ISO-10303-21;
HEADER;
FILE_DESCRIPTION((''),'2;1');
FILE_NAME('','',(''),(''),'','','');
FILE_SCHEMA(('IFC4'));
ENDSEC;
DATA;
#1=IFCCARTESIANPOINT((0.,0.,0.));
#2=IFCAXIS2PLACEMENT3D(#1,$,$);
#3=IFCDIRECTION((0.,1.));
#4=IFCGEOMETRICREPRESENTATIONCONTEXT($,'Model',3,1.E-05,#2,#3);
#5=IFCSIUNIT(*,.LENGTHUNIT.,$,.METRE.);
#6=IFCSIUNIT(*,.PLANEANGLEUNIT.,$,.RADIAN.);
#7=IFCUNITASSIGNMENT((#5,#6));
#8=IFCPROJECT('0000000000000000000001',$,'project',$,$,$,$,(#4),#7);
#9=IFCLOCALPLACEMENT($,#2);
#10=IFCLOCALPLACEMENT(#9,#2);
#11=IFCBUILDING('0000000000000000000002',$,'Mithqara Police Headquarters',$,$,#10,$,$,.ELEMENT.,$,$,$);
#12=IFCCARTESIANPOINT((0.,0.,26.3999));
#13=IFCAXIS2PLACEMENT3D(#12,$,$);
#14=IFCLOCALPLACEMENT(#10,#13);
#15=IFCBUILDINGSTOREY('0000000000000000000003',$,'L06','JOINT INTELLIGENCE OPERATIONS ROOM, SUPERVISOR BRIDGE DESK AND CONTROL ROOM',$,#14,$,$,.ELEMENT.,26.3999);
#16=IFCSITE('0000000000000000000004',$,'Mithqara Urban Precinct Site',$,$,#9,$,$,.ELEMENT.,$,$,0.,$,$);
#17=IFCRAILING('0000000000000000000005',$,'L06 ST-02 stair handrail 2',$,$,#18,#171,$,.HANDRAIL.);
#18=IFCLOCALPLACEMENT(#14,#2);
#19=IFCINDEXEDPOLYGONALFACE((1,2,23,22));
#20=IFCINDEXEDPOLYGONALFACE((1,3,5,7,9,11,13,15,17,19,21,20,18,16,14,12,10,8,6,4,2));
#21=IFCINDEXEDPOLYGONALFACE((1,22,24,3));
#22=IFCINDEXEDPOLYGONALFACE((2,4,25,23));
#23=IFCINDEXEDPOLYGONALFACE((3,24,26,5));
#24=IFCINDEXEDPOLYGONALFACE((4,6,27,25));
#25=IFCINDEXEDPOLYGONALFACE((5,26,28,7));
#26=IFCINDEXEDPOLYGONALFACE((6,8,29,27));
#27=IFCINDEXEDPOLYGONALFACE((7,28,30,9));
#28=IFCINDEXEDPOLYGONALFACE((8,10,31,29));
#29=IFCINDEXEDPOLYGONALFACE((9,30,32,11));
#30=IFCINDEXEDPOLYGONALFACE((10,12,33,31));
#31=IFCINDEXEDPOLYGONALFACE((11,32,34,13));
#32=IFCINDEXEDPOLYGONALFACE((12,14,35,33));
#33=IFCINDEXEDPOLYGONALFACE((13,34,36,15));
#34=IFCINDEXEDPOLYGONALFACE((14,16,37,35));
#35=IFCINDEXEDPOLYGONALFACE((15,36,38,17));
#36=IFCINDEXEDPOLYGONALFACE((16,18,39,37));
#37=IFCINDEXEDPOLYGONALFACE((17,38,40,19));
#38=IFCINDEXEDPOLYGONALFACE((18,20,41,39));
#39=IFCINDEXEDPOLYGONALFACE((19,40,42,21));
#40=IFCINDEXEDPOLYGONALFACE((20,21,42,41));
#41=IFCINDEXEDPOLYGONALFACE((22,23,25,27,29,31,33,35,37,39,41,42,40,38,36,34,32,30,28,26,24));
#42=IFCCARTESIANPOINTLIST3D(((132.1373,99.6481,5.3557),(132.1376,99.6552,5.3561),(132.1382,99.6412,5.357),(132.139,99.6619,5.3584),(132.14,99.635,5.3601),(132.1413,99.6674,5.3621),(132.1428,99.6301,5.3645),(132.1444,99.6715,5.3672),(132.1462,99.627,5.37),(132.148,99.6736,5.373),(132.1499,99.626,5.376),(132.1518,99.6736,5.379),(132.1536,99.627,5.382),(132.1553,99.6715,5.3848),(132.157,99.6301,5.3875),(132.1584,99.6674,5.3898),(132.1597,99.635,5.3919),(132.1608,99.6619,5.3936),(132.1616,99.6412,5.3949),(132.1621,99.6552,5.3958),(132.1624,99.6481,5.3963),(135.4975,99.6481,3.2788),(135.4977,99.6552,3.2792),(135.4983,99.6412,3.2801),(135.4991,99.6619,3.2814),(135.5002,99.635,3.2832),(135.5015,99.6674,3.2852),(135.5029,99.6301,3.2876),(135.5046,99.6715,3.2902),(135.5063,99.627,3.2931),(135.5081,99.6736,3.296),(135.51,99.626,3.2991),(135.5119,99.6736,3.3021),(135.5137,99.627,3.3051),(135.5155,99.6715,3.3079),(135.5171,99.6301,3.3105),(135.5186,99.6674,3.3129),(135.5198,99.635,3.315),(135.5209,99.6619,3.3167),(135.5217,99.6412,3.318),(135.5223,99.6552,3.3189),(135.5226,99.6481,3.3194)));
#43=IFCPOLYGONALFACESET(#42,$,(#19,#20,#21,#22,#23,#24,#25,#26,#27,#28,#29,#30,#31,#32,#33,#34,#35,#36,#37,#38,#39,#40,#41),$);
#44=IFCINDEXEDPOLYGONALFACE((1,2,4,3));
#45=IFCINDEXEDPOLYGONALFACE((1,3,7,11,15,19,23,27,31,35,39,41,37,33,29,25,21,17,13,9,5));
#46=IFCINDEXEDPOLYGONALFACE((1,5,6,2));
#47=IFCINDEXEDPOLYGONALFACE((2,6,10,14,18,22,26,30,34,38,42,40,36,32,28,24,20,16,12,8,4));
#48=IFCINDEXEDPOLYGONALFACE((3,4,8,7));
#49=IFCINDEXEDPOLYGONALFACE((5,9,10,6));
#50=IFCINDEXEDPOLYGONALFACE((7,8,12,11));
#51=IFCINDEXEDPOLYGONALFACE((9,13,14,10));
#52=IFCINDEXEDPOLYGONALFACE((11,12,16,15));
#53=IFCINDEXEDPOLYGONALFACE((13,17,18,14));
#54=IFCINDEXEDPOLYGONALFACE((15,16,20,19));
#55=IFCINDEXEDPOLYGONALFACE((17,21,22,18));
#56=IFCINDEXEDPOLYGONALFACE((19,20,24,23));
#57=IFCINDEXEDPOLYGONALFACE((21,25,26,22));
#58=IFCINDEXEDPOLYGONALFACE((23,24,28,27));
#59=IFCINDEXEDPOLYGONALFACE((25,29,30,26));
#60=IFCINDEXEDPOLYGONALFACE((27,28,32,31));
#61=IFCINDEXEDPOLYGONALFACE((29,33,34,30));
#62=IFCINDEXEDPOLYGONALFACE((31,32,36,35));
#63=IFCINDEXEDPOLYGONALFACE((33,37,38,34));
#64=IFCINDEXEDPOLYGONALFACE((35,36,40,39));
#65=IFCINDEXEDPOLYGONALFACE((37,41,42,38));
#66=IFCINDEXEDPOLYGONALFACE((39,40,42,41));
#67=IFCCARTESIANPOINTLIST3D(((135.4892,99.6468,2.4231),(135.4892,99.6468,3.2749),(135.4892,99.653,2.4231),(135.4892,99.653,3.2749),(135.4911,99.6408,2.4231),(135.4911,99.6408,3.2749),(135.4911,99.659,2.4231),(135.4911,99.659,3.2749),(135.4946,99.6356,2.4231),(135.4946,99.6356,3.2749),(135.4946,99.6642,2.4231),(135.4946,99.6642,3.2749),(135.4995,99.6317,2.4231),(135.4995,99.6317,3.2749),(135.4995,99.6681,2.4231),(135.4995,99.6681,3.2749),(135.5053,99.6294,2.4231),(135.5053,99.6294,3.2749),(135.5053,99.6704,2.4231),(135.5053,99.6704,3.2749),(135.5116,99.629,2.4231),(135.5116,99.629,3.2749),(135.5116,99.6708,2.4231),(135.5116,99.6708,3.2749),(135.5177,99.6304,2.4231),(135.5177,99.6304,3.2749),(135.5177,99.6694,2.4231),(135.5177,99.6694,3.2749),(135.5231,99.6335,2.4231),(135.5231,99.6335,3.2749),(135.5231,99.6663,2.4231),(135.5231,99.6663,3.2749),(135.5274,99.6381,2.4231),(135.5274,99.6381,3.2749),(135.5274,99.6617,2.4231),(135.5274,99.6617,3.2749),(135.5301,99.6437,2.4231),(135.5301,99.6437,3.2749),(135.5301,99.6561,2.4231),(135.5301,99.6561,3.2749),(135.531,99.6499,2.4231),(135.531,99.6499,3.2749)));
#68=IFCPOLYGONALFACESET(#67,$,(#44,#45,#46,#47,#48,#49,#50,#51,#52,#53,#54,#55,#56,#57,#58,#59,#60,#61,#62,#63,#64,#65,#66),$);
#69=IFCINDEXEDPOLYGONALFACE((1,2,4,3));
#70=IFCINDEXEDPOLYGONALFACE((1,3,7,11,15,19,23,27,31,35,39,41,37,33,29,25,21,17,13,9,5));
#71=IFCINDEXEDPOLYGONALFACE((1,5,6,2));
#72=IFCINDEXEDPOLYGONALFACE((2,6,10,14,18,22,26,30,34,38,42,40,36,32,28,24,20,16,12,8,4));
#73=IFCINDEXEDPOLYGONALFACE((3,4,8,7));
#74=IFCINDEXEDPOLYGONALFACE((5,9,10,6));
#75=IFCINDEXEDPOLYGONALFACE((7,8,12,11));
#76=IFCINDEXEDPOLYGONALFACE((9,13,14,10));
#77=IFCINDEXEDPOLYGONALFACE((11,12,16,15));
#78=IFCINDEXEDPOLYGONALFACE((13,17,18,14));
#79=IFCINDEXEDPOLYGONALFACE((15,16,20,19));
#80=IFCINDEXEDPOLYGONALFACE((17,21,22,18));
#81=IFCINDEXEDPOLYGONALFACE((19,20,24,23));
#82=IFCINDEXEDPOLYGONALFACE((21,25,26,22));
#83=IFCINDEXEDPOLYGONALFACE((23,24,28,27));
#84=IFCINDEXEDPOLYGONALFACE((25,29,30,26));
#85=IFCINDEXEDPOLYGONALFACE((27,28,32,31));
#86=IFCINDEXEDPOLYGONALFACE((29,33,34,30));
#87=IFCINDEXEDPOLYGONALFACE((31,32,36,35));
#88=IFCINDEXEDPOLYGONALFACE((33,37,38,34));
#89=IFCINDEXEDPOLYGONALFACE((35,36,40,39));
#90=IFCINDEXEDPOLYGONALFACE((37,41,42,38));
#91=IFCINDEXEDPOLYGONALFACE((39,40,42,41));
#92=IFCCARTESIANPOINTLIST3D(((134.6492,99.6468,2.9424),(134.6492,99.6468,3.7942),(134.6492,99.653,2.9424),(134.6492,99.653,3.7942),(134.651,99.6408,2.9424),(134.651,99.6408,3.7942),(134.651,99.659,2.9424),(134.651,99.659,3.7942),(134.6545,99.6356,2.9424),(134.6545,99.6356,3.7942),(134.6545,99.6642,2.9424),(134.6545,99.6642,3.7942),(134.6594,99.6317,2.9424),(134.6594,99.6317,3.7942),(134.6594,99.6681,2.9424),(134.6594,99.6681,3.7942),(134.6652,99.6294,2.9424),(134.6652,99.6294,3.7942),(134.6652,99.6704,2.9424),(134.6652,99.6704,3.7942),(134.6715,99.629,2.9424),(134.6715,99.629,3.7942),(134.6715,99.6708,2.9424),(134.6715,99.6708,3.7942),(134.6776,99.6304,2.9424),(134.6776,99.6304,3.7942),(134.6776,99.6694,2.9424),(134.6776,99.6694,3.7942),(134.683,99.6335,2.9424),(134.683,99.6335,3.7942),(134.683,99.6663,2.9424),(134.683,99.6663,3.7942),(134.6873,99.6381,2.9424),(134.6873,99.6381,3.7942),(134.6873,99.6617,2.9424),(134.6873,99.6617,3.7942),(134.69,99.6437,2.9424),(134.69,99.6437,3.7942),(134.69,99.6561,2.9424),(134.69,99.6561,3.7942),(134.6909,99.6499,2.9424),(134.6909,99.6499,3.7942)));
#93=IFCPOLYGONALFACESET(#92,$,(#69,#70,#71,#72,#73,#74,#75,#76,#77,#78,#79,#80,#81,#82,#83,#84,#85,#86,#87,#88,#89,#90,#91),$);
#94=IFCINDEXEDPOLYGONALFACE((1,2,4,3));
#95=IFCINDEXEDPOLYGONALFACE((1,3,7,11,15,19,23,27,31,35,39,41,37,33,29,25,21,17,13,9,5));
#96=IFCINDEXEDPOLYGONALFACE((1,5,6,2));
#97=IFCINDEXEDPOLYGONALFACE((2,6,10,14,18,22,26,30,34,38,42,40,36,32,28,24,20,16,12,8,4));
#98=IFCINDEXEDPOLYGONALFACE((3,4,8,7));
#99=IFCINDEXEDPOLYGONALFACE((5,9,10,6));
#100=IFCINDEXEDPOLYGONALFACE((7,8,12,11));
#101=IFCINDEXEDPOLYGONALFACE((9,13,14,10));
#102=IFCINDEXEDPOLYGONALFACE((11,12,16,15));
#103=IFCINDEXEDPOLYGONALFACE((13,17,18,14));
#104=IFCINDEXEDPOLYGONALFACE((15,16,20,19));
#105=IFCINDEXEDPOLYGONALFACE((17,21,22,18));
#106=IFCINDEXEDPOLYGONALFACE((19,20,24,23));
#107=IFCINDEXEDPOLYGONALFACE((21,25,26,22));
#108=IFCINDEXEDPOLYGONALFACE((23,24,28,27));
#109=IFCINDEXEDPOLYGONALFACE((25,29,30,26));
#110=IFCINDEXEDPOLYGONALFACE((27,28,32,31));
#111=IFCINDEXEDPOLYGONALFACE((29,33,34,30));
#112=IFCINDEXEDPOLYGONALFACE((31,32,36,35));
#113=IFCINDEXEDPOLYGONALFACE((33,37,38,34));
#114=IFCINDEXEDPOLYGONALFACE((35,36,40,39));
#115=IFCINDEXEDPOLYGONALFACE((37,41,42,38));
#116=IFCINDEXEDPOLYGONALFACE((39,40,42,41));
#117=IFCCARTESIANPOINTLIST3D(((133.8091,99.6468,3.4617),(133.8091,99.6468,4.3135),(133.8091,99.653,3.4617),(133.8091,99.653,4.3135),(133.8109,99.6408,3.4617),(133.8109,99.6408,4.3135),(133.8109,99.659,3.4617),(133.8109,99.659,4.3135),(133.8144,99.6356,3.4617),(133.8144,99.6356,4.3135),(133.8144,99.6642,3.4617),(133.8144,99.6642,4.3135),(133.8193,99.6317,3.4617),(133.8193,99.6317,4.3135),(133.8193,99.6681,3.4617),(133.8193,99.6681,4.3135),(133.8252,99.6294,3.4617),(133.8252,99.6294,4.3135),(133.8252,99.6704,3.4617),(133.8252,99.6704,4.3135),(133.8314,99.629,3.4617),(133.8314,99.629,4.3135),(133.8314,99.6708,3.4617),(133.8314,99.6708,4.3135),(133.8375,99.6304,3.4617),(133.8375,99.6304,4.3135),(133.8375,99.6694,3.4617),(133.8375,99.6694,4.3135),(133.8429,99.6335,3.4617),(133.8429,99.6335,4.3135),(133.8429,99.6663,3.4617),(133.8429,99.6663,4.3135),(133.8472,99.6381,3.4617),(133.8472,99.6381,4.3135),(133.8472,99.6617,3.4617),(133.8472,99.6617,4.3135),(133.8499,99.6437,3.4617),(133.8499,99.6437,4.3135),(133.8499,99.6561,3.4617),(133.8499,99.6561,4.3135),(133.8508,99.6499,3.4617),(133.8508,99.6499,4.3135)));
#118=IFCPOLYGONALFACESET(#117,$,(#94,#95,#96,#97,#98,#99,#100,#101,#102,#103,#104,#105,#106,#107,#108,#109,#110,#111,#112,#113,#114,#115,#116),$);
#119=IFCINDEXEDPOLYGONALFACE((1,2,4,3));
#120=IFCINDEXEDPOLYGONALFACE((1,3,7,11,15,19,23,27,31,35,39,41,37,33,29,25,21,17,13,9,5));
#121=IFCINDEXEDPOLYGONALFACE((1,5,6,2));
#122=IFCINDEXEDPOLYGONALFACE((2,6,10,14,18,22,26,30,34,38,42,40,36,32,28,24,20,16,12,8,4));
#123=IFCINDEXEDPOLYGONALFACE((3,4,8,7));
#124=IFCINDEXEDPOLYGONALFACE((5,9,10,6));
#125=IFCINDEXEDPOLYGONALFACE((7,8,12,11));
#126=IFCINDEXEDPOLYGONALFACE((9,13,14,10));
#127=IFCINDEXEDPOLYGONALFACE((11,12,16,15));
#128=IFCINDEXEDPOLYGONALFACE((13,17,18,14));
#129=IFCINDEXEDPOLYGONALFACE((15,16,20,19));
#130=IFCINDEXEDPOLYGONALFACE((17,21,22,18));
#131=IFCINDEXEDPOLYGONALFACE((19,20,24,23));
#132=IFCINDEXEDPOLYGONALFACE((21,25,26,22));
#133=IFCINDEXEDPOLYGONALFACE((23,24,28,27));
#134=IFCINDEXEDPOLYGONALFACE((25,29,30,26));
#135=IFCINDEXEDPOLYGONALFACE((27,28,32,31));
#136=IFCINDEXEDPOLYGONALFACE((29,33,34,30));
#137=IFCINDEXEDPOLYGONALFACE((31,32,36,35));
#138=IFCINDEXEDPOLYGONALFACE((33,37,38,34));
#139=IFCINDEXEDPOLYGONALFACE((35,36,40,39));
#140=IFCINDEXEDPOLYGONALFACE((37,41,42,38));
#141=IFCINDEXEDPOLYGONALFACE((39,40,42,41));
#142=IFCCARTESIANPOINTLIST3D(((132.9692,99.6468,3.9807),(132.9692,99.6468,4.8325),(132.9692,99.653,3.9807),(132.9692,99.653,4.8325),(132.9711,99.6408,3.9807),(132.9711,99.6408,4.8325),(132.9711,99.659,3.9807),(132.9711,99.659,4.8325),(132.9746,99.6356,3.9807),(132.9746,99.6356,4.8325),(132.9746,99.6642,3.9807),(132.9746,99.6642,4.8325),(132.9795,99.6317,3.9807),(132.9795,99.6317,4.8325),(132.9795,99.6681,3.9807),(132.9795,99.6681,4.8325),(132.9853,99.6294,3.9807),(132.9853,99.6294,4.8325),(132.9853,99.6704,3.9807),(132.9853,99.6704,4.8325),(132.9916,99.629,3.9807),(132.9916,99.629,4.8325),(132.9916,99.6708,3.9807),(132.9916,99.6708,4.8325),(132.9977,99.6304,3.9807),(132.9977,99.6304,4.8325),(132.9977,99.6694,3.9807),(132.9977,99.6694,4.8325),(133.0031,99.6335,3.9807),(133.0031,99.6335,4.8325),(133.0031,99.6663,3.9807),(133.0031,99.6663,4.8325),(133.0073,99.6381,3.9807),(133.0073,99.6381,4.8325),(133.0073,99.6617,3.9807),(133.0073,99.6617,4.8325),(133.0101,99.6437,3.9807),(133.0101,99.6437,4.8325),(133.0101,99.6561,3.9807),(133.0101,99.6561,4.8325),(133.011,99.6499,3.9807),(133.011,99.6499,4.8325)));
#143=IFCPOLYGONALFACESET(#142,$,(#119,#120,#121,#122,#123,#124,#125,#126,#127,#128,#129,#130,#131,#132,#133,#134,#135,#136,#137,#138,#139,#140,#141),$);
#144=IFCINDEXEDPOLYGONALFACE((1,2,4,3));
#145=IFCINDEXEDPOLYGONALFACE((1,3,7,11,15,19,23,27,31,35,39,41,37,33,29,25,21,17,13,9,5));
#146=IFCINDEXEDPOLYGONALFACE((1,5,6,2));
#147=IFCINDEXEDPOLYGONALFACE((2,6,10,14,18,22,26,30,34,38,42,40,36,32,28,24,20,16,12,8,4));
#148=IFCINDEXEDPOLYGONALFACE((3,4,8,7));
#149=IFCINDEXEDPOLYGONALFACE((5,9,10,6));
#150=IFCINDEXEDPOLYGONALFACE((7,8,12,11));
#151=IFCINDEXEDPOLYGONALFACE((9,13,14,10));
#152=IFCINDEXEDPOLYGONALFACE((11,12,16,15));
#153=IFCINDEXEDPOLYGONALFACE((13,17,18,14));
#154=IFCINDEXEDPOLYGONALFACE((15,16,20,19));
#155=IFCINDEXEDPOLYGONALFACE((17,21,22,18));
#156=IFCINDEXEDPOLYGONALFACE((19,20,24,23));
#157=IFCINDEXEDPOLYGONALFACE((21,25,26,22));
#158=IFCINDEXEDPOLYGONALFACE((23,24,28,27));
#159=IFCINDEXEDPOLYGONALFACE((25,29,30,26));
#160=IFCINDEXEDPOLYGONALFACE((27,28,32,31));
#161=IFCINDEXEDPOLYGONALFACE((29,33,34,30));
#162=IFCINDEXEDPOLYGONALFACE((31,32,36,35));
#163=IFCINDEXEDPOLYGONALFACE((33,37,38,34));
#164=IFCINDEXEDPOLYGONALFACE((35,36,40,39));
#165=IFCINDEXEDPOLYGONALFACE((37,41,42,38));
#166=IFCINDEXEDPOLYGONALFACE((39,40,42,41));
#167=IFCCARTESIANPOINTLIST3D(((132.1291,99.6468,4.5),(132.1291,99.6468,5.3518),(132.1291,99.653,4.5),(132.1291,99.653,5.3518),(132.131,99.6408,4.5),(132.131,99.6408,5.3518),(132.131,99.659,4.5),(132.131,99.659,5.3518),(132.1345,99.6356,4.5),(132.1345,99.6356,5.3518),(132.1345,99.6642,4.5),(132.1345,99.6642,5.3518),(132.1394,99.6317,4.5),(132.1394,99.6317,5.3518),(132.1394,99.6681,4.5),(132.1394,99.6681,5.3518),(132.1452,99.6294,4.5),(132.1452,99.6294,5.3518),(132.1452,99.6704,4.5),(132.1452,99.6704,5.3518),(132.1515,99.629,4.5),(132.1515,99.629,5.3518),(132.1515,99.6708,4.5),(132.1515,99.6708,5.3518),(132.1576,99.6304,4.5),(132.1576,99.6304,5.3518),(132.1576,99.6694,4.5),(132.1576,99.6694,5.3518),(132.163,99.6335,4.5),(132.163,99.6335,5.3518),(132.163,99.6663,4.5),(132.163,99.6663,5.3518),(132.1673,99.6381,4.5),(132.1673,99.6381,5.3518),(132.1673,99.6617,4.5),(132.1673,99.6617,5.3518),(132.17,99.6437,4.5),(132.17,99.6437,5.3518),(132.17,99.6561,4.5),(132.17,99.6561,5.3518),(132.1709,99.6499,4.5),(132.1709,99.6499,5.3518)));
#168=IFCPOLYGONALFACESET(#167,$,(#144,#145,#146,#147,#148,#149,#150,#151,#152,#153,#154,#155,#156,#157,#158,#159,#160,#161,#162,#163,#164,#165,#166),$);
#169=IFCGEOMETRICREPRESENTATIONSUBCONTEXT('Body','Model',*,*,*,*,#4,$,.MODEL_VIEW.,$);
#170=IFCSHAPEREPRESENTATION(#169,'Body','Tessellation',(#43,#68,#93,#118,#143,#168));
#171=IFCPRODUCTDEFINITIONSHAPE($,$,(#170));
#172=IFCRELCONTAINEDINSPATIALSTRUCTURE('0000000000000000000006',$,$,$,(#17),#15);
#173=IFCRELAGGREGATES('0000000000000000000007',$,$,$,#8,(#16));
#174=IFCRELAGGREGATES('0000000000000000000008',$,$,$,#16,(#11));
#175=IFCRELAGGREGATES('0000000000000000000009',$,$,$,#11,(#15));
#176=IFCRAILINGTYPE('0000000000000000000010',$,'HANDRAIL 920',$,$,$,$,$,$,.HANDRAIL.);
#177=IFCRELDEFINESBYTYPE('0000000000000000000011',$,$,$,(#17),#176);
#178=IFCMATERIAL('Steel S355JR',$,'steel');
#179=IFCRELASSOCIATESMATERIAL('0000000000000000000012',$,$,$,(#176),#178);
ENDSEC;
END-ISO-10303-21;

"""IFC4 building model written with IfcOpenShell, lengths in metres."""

from ifc_helpers import new_model, si_unit, direction, frame, origin, origin_2d, place, context, subcontext, project, spatial, circle, extrude, material, type_object, element, save


model = new_model("IFC4")

# Units and contexts
model_context = context("Model", 3, precision=1e-05, world=origin(), true_north=direction((0.0, 1.0)))
body_context = subcontext(model_context, "Body", "Model", "MODEL_VIEW")
ifc_project = project(units=[si_unit("LENGTHUNIT", "METRE"), si_unit("PLANEANGLEUNIT", "RADIAN")], contexts=[model_context])

# Site, building, storey
site_placement = place(None, origin())
site = spatial("IfcSite", under=ifc_project, at=site_placement, Name="Mithqara Urban Precinct Site", CompositionType="ELEMENT", RefElevation=0.0)
building_placement = place(site_placement, origin())
building = spatial("IfcBuilding", under=site, at=building_placement, Name="Mithqara Police Headquarters", CompositionType="ELEMENT")
storey_placement = place(building_placement, frame((0.0, 0.0, 26.3999)))
storey = spatial("IfcBuildingStorey", under=building, at=storey_placement, Name="L06", Description="JOINT INTELLIGENCE OPERATIONS ROOM, SUPERVISOR BRIDGE DESK AND CONTROL ROOM", CompositionType="ELEMENT", Elevation=26.3999)

# Shared definitions
ifc_material_1 = material(Name="Steel S355JR", Category="steel")

# Railing
railing_type_1 = type_object("IfcRailingType", Name="HANDRAIL 920", PredefinedType="HANDRAIL", material=ifc_material_1)
railing_1_placement = place(storey_placement, frame((135.51, 99.6499, 2.4231)))
element("IfcRailing", 1, at=railing_1_placement, inside=storey, type_object=railing_type_1, Name="L06 ST-02 stair handrail 2", PredefinedType="HANDRAIL", context=body_context, shape_type="SweptSolid", body=[
    extrude(circle(Radius=0.0239, at=origin_2d()), frame((0.0, 0.0, 0.876), z_axis=(-0.850623, 0.0, 0.525776), x_axis=(0.0, -1.0, 0.0)), (0.0, 0.0, 1.0), 3.9502),
    extrude(circle(Radius=0.021, at=origin_2d()), origin(), (0.0, 0.0, 1.0), 0.8518),
    extrude(circle(Radius=0.021, at=origin_2d()), frame((-0.8401, 0.0, 0.5193)), (0.0, 0.0, 1.0), 0.8518),
    extrude(circle(Radius=0.021, at=origin_2d()), frame((-1.6802, 0.0, 1.0386)), (0.0, 0.0, 1.0), 0.8518),
    extrude(circle(Radius=0.021, at=origin_2d()), frame((-2.52, 0.0, 1.5576)), (0.0, 0.0, 1.0), 0.8518),
    extrude(circle(Radius=0.021, at=origin_2d()), frame((-3.3601, 0.0, 2.0769)), (0.0, 0.0, 1.0), 0.8518),
])

save(model, "model.ifc")
